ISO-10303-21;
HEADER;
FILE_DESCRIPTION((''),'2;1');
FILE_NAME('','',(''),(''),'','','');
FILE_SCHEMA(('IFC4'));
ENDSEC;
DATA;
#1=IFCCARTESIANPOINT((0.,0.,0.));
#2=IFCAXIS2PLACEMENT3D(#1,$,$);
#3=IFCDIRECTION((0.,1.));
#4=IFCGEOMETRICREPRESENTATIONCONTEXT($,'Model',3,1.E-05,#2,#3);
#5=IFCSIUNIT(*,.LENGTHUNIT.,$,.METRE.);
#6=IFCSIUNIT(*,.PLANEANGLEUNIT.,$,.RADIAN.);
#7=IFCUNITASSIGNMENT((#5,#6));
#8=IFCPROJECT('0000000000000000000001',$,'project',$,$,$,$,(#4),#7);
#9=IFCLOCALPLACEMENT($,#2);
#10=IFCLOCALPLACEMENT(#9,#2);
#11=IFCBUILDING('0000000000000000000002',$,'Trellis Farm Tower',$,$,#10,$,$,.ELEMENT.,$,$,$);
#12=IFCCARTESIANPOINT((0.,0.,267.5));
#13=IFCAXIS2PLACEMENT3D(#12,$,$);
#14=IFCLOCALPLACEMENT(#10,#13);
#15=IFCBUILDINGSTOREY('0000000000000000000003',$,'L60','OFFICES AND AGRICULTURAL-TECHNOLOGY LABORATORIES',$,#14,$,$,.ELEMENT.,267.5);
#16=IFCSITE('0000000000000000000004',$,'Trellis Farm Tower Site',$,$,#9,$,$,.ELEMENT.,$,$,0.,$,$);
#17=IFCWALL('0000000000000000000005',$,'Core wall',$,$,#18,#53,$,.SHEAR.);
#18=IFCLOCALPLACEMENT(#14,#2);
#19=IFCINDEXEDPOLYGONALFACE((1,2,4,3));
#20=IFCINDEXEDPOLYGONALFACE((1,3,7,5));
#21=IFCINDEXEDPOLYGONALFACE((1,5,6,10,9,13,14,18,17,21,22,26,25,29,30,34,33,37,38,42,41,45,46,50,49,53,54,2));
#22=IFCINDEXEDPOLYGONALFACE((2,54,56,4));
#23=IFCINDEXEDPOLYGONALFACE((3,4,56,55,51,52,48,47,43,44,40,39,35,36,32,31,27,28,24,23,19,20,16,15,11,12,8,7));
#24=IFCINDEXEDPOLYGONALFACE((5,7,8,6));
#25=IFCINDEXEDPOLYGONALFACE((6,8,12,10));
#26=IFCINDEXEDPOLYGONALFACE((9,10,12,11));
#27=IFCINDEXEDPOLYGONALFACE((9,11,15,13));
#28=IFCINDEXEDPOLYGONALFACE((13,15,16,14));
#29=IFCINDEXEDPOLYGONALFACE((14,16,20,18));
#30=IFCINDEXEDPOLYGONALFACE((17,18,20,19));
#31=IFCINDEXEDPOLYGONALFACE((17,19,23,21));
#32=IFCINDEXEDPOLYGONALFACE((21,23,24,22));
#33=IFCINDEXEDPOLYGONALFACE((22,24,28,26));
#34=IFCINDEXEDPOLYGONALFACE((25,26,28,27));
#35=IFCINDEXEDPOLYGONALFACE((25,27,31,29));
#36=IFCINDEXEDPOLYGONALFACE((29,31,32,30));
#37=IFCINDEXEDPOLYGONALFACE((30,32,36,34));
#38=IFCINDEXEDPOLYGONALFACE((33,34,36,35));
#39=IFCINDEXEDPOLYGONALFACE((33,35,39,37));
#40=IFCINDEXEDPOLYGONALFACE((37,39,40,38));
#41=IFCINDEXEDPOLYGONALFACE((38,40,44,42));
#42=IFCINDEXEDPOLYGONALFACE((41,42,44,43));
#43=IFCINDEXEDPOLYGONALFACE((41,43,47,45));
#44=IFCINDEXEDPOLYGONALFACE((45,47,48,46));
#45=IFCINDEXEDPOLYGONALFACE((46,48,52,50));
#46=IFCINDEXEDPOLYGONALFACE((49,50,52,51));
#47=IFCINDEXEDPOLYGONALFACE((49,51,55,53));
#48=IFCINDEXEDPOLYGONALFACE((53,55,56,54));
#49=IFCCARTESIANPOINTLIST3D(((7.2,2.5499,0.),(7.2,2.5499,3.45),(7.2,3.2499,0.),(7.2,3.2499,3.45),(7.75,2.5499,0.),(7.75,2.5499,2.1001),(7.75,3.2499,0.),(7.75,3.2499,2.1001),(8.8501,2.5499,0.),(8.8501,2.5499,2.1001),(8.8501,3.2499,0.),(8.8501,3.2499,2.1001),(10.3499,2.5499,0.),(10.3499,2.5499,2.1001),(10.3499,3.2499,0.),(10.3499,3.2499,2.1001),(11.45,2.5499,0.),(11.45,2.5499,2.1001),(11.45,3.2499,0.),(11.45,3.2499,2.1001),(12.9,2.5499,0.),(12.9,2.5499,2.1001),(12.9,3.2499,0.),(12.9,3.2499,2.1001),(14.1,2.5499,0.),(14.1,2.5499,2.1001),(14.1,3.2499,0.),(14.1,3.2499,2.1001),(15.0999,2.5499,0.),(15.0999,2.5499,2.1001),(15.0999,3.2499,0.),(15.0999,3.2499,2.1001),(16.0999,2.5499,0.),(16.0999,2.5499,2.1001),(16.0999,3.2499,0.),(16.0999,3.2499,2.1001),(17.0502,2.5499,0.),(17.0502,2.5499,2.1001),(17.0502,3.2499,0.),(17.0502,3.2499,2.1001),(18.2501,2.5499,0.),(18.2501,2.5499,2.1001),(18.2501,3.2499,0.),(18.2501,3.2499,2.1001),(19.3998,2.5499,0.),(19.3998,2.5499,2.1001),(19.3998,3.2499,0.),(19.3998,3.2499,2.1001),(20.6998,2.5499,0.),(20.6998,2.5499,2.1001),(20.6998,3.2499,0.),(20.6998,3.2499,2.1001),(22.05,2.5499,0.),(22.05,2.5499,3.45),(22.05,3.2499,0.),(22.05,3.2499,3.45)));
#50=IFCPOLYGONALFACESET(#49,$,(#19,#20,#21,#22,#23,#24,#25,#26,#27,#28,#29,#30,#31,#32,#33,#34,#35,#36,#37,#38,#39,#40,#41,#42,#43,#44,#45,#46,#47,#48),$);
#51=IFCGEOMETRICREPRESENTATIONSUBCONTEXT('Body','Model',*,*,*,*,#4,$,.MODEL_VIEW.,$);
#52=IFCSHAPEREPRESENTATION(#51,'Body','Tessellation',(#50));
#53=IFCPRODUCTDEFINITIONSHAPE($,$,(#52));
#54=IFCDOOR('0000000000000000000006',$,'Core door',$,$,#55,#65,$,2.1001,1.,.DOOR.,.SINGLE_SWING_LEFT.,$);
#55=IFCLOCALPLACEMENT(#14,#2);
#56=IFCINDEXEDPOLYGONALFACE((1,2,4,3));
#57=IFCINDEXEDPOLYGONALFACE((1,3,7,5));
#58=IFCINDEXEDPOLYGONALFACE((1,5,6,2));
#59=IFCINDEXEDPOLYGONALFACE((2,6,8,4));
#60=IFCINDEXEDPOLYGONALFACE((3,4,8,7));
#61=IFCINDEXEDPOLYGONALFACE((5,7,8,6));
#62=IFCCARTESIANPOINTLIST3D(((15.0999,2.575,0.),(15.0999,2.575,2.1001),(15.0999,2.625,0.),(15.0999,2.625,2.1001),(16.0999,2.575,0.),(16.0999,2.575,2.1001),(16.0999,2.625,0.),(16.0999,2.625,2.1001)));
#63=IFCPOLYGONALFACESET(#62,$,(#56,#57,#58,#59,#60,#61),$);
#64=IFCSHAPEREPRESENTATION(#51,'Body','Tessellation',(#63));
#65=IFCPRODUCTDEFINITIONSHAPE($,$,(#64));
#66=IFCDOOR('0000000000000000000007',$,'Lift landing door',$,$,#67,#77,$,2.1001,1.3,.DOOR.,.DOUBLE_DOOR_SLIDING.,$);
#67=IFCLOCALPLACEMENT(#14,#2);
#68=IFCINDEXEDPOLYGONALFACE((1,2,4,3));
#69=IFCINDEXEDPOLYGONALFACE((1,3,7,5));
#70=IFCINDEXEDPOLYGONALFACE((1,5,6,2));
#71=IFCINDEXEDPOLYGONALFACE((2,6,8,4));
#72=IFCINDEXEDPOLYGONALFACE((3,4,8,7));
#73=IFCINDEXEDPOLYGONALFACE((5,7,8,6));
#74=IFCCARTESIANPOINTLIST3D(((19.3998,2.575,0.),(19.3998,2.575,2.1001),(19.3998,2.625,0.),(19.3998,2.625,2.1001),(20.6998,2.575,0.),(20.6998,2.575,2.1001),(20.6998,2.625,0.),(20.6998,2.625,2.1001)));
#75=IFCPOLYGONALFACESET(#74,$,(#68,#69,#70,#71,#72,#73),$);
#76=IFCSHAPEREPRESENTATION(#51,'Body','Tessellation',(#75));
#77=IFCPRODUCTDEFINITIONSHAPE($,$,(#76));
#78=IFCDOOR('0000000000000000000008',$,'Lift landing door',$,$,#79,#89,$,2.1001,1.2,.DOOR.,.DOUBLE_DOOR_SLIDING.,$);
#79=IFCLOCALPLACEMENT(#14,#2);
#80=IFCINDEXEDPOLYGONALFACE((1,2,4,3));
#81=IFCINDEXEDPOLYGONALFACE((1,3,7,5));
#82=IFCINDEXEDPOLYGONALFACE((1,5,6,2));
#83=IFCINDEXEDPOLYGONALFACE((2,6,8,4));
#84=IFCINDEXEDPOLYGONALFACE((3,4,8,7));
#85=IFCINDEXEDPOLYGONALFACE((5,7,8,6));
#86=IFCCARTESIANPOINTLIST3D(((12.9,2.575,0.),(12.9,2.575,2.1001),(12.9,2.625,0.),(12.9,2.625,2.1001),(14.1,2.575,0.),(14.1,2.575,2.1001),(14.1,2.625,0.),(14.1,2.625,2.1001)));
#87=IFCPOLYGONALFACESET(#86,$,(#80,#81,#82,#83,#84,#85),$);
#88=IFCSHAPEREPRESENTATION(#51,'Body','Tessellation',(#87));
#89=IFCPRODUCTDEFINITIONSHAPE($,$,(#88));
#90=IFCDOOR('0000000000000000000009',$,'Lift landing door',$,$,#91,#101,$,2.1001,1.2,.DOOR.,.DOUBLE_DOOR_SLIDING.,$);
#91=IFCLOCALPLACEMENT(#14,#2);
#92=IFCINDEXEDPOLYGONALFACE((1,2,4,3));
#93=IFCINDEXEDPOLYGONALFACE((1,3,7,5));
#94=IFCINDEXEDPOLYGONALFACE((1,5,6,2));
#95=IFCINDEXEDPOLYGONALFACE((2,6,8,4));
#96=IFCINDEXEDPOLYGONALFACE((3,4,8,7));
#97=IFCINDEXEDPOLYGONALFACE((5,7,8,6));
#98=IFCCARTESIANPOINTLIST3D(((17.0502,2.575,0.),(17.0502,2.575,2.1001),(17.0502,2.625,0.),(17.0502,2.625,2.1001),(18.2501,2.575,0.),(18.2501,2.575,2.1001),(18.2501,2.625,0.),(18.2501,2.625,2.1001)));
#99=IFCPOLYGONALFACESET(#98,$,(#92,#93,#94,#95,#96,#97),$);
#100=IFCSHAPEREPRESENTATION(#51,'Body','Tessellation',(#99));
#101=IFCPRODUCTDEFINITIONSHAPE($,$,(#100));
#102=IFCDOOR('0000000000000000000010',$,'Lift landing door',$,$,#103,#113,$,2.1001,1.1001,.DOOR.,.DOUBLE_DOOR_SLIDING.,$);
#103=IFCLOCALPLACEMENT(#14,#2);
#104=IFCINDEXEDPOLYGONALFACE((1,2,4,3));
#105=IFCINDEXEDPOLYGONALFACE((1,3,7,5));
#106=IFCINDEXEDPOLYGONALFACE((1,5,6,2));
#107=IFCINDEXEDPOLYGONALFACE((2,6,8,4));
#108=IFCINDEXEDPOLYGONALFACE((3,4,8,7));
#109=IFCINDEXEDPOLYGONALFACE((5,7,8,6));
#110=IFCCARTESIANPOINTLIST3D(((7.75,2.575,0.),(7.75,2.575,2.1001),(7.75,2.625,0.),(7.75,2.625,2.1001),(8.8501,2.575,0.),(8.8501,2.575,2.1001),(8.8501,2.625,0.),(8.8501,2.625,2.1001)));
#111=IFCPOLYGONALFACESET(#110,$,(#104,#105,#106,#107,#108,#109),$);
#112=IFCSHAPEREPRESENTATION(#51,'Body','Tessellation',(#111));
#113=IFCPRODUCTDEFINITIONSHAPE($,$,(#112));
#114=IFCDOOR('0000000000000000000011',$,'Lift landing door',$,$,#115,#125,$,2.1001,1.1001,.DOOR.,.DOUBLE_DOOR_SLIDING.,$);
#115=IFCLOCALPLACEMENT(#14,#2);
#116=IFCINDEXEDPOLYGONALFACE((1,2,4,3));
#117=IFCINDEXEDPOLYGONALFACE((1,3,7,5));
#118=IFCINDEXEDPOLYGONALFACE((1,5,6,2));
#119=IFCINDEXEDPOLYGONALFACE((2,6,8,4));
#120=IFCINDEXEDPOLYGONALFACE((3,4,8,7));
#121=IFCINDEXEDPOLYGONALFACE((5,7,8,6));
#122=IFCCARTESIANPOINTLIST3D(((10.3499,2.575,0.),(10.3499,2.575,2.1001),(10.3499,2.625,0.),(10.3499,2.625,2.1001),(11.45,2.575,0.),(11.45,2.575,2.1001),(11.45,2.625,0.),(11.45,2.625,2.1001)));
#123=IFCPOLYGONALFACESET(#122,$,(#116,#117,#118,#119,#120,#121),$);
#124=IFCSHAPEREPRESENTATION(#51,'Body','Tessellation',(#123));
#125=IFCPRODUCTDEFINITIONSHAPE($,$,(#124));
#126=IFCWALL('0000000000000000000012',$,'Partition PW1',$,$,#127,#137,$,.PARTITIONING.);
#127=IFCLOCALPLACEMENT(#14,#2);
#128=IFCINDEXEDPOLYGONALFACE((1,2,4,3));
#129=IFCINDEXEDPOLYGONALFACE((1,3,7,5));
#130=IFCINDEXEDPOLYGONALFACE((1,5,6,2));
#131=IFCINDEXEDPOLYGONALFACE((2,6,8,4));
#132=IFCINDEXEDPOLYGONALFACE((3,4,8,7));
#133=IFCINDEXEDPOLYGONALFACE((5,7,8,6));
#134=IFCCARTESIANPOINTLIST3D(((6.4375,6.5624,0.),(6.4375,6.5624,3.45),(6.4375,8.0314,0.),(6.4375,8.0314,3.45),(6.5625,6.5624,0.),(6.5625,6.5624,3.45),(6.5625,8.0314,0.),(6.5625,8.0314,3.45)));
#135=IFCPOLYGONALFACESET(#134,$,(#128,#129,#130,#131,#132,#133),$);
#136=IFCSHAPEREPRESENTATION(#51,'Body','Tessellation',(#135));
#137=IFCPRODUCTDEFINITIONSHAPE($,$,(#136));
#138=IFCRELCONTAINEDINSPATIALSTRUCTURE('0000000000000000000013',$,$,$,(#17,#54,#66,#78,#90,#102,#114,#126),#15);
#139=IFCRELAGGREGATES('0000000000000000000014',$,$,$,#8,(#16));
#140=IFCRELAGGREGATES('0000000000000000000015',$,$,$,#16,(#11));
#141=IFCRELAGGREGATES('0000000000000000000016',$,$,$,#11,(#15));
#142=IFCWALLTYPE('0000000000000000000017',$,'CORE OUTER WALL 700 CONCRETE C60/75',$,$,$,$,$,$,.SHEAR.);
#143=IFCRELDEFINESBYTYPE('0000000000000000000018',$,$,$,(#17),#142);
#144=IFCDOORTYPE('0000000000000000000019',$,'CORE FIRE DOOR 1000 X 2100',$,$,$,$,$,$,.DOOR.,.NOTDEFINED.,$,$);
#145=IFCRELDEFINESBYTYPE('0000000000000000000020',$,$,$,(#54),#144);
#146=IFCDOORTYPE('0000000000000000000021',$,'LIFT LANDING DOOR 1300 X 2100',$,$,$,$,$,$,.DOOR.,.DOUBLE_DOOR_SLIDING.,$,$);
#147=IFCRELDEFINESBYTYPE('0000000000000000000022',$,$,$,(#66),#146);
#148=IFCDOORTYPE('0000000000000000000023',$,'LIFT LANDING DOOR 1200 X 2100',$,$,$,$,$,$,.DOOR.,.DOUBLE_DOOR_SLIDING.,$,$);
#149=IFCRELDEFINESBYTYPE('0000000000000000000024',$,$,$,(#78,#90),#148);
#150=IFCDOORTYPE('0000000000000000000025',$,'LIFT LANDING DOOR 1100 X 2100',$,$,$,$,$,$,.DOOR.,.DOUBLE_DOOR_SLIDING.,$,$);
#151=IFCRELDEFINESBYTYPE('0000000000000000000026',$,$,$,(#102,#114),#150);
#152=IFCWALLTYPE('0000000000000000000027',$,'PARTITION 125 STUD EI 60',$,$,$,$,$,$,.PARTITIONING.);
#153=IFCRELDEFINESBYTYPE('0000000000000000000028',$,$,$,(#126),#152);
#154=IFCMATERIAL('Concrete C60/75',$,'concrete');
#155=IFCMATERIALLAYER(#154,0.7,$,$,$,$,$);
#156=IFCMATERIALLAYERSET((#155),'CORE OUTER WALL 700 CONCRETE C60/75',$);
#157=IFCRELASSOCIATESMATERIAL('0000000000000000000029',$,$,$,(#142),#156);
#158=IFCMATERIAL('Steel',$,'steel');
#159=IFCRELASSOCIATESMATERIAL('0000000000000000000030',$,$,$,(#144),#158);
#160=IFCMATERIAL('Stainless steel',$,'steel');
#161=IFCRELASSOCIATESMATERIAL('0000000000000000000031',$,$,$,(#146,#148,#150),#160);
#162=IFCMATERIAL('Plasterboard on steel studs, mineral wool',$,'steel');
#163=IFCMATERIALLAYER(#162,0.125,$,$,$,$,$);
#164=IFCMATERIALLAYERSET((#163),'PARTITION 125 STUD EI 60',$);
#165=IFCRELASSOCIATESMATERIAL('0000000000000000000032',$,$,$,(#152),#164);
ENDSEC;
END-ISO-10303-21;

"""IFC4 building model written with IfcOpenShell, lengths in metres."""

from ifc_helpers import new_model, si_unit, direction, frame, frame_2d, origin, place, context, subcontext, project, spatial, rectangle, extrude, source, transform, mapped, material, layer, layer_set, type_object, element, fill, save


model = new_model("IFC4")

# Units and contexts
model_context = context("Model", 3, precision=1e-05, world=origin(), true_north=direction((0.0, 1.0)))
body_context = subcontext(model_context, "Body", "Model", "MODEL_VIEW")
ifc_project = project(units=[si_unit("LENGTHUNIT", "METRE"), si_unit("PLANEANGLEUNIT", "RADIAN")], contexts=[model_context])

# Site, building, storey
site_placement = place(None, origin())
site = spatial("IfcSite", under=ifc_project, at=site_placement, Name="Trellis Farm Tower Site", CompositionType="ELEMENT", RefElevation=0.0)
building_placement = place(site_placement, origin())
building = spatial("IfcBuilding", under=site, at=building_placement, Name="Trellis Farm Tower", CompositionType="ELEMENT")
storey_placement = place(building_placement, frame((0.0, 0.0, 267.5)))
storey = spatial("IfcBuildingStorey", under=building, at=storey_placement, Name="L60", Description="OFFICES AND AGRICULTURAL-TECHNOLOGY LABORATORIES", CompositionType="ELEMENT", Elevation=267.5)

# Shared definitions
ifc_material_1 = material(Name="Concrete C60/75", Category="concrete")

# Wall, openings, doors
ifc_layer_1 = layer(ifc_material_1, 0.7)
ifc_layer_set_1 = layer_set([ifc_layer_1], Name="CORE OUTER WALL 700 CONCRETE C60/75")
wall_type_1 = type_object("IfcWallType", Name="CORE OUTER WALL 700 CONCRETE C60/75", PredefinedType="SHEAR", material=ifc_layer_set_1)
shared_shape_1 = source(origin(), body_context, "Body", "SweptSolid", [
    extrude(rectangle(XDim=14.8501, YDim=0.7, at=frame_2d((7.425, 0.0))), origin(), (0.0, 0.0, 1.0), 3.45),
])
wall_1_placement = place(storey_placement, frame((7.2, 2.8999, 0.0), z_axis=(0.0, 0.0, 1.0), x_axis=(1.0, 0.0, 0.0)))
wall_1 = element("IfcWall", 1, at=wall_1_placement, inside=storey, type_object=wall_type_1, Name="Core wall", PredefinedType="SHEAR", context=body_context, shape_type="MappedRepresentation", body=[
    mapped(shared_shape_1, transform((0.0, 0.0, 0.0))),
])
shared_shape_2 = source(origin(), body_context, "Body", "SweptSolid", [
    extrude(rectangle(XDim=1.1001, YDim=2.1001, at=frame_2d((0.55, 1.05))), frame((0.0, 0.3601, 0.0), z_axis=(0.0, -1.0, 0.0), x_axis=(1.0, 0.0, 0.0)), (0.0, 0.0, 1.0), 0.7202),
])
opening_1_placement = place(wall_1_placement, frame((0.55, 0.0, 0.0)))
opening_1 = element("IfcOpeningElement", 2, at=opening_1_placement, cuts=wall_1, PredefinedType="OPENING", context=body_context, shape_type="MappedRepresentation", body=[
    mapped(shared_shape_2, transform((0.0, 0.0, 0.0))),
])
opening_2_placement = place(wall_1_placement, frame((3.1499, 0.0, 0.0)))
opening_2 = element("IfcOpeningElement", 3, at=opening_2_placement, cuts=wall_1, PredefinedType="OPENING", context=body_context, shape_type="MappedRepresentation", body=[
    mapped(shared_shape_2, transform((0.0, 0.0, 0.0))),
])
shared_shape_3 = source(origin(), body_context, "Body", "SweptSolid", [
    extrude(rectangle(XDim=1.2, YDim=2.1001, at=frame_2d((0.6001, 1.05))), frame((0.0, 0.3601, 0.0), z_axis=(0.0, -1.0, 0.0), x_axis=(1.0, 0.0, 0.0)), (0.0, 0.0, 1.0), 0.7202),
])
opening_3_placement = place(wall_1_placement, frame((5.7, 0.0, 0.0)))
opening_3 = element("IfcOpeningElement", 4, at=opening_3_placement, cuts=wall_1, PredefinedType="OPENING", context=body_context, shape_type="MappedRepresentation", body=[
    mapped(shared_shape_3, transform((0.0, 0.0, 0.0))),
])
shared_shape_4 = source(origin(), body_context, "Body", "SweptSolid", [
    extrude(rectangle(XDim=1.3, YDim=2.1001, at=frame_2d((0.6499, 1.05))), frame((0.0, 0.3601, 0.0), z_axis=(0.0, -1.0, 0.0), x_axis=(1.0, 0.0, 0.0)), (0.0, 0.0, 1.0), 0.7202),
])
opening_4_placement = place(wall_1_placement, frame((12.2, 0.0, 0.0)))
opening_4 = element("IfcOpeningElement", 5, at=opening_4_placement, cuts=wall_1, PredefinedType="OPENING", context=body_context, shape_type="MappedRepresentation", body=[
    mapped(shared_shape_4, transform((0.0, 0.0, 0.0))),
])
opening_5_placement = place(wall_1_placement, frame((9.8501, 0.0, 0.0)))
opening_5 = element("IfcOpeningElement", 6, at=opening_5_placement, cuts=wall_1, PredefinedType="OPENING", context=body_context, shape_type="MappedRepresentation", body=[
    mapped(shared_shape_3, transform((0.0, 0.0, 0.0))),
])
shared_shape_5 = source(origin(), body_context, "Body", "SweptSolid", [
    extrude(rectangle(XDim=1.0, YDim=2.1001, at=frame_2d((0.5, 1.05))), frame((0.0, 0.3601, 0.0), z_axis=(0.0, -1.0, 0.0), x_axis=(1.0, 0.0, 0.0)), (0.0, 0.0, 1.0), 0.7202),
])
opening_6_placement = place(wall_1_placement, frame((7.8999, 0.0, 0.0)))
opening_6 = element("IfcOpeningElement", 7, at=opening_6_placement, cuts=wall_1, PredefinedType="OPENING", context=body_context, shape_type="MappedRepresentation", body=[
    mapped(shared_shape_5, transform((0.0, 0.0, 0.0))),
])
ifc_material_2 = material(Name="Steel", Category="steel")
door_type_1 = type_object("IfcDoorType", Name="CORE FIRE DOOR 1000 X 2100", OperationType="NOTDEFINED", PredefinedType="DOOR", material=ifc_material_2)
shared_shape_6 = source(origin(), body_context, "Body", "SweptSolid", [
    extrude(rectangle(XDim=1.0, YDim=2.1001, at=frame_2d((0.5, 1.05))), frame((0.0, -0.2749, 0.0), z_axis=(0.0, -1.0, 0.0), x_axis=(1.0, 0.0, 0.0)), (0.0, 0.0, 1.0), 0.05),
])
door_1_placement = place(opening_6_placement, origin())
door_1 = element("IfcDoor", 8, at=door_1_placement, inside=storey, type_object=door_type_1, Name="Core door", OperationType="SINGLE_SWING_LEFT", OverallHeight=2.1001, OverallWidth=1.0, PredefinedType="DOOR", context=body_context, shape_type="MappedRepresentation", body=[
    mapped(shared_shape_6, transform((0.0, 0.0, 0.0))),
])
fill(opening_6, door_1)
ifc_material_3 = material(Name="Stainless steel", Category="steel")
door_type_2 = type_object("IfcDoorType", Name="LIFT LANDING DOOR 1300 X 2100", OperationType="DOUBLE_DOOR_SLIDING", PredefinedType="DOOR", material=ifc_material_3)
shared_shape_7 = source(origin(), body_context, "Body", "SweptSolid", [
    extrude(rectangle(XDim=1.3, YDim=2.1001, at=frame_2d((0.6499, 1.05))), frame((0.0, -0.2749, 0.0), z_axis=(0.0, -1.0, 0.0), x_axis=(1.0, 0.0, 0.0)), (0.0, 0.0, 1.0), 0.05),
])
door_2_placement = place(opening_4_placement, origin())
door_2 = element("IfcDoor", 9, at=door_2_placement, inside=storey, type_object=door_type_2, Name="Lift landing door", OperationType="DOUBLE_DOOR_SLIDING", OverallHeight=2.1001, OverallWidth=1.3, PredefinedType="DOOR", context=body_context, shape_type="MappedRepresentation", body=[
    mapped(shared_shape_7, transform((0.0, 0.0, 0.0))),
])
fill(opening_4, door_2)
door_type_3 = type_object("IfcDoorType", Name="LIFT LANDING DOOR 1200 X 2100", OperationType="DOUBLE_DOOR_SLIDING", PredefinedType="DOOR", material=ifc_material_3)
shared_shape_8 = source(origin(), body_context, "Body", "SweptSolid", [
    extrude(rectangle(XDim=1.2, YDim=2.1001, at=frame_2d((0.6001, 1.05))), frame((0.0, -0.2749, 0.0), z_axis=(0.0, -1.0, 0.0), x_axis=(1.0, 0.0, 0.0)), (0.0, 0.0, 1.0), 0.05),
])
door_3_placement = place(opening_3_placement, origin())
door_3 = element("IfcDoor", 10, at=door_3_placement, inside=storey, type_object=door_type_3, Name="Lift landing door", OperationType="DOUBLE_DOOR_SLIDING", OverallHeight=2.1001, OverallWidth=1.2, PredefinedType="DOOR", context=body_context, shape_type="MappedRepresentation", body=[
    mapped(shared_shape_8, transform((0.0, 0.0, 0.0))),
])
fill(opening_3, door_3)
door_4_placement = place(opening_5_placement, origin())
door_4 = element("IfcDoor", 11, at=door_4_placement, inside=storey, type_object=door_type_3, Name="Lift landing door", OperationType="DOUBLE_DOOR_SLIDING", OverallHeight=2.1001, OverallWidth=1.2, PredefinedType="DOOR", context=body_context, shape_type="MappedRepresentation", body=[
    mapped(shared_shape_8, transform((0.0, 0.0, 0.0))),
])
fill(opening_5, door_4)
door_type_4 = type_object("IfcDoorType", Name="LIFT LANDING DOOR 1100 X 2100", OperationType="DOUBLE_DOOR_SLIDING", PredefinedType="DOOR", material=ifc_material_3)
shared_shape_9 = source(origin(), body_context, "Body", "SweptSolid", [
    extrude(rectangle(XDim=1.1001, YDim=2.1001, at=frame_2d((0.55, 1.05))), frame((0.0, -0.2749, 0.0), z_axis=(0.0, -1.0, 0.0), x_axis=(1.0, 0.0, 0.0)), (0.0, 0.0, 1.0), 0.05),
])
door_5_placement = place(opening_1_placement, origin())
door_5 = element("IfcDoor", 12, at=door_5_placement, inside=storey, type_object=door_type_4, Name="Lift landing door", OperationType="DOUBLE_DOOR_SLIDING", OverallHeight=2.1001, OverallWidth=1.1001, PredefinedType="DOOR", context=body_context, shape_type="MappedRepresentation", body=[
    mapped(shared_shape_9, transform((0.0, 0.0, 0.0))),
])
fill(opening_1, door_5)
door_6_placement = place(opening_2_placement, origin())
door_6 = element("IfcDoor", 13, at=door_6_placement, inside=storey, type_object=door_type_4, Name="Lift landing door", OperationType="DOUBLE_DOOR_SLIDING", OverallHeight=2.1001, OverallWidth=1.1001, PredefinedType="DOOR", context=body_context, shape_type="MappedRepresentation", body=[
    mapped(shared_shape_9, transform((0.0, 0.0, 0.0))),
])
fill(opening_2, door_6)

# Wall
ifc_material_4 = material(Name="Plasterboard on steel studs, mineral wool", Category="steel")
ifc_layer_2 = layer(ifc_material_4, 0.125)
ifc_layer_set_2 = layer_set([ifc_layer_2], Name="PARTITION 125 STUD EI 60")
wall_type_2 = type_object("IfcWallType", Name="PARTITION 125 STUD EI 60", PredefinedType="PARTITIONING", material=ifc_layer_set_2)
shared_shape_10 = source(origin(), body_context, "Body", "SweptSolid", [
    extrude(rectangle(XDim=1.469, YDim=0.125, at=frame_2d((0.7344, 0.0))), origin(), (0.0, 0.0, 1.0), 3.45),
])
wall_2_placement = place(storey_placement, frame((6.5, 6.5625, 0.0), z_axis=(0.0, 0.0, 1.0), x_axis=(0.0, 1.0, 0.0)))
element("IfcWall", 14, at=wall_2_placement, inside=storey, type_object=wall_type_2, Name="Partition PW1", PredefinedType="PARTITIONING", context=body_context, shape_type="MappedRepresentation", body=[
    mapped(shared_shape_10, transform((0.0, 0.0, 0.0))),
])

save(model, "model.ifc")
